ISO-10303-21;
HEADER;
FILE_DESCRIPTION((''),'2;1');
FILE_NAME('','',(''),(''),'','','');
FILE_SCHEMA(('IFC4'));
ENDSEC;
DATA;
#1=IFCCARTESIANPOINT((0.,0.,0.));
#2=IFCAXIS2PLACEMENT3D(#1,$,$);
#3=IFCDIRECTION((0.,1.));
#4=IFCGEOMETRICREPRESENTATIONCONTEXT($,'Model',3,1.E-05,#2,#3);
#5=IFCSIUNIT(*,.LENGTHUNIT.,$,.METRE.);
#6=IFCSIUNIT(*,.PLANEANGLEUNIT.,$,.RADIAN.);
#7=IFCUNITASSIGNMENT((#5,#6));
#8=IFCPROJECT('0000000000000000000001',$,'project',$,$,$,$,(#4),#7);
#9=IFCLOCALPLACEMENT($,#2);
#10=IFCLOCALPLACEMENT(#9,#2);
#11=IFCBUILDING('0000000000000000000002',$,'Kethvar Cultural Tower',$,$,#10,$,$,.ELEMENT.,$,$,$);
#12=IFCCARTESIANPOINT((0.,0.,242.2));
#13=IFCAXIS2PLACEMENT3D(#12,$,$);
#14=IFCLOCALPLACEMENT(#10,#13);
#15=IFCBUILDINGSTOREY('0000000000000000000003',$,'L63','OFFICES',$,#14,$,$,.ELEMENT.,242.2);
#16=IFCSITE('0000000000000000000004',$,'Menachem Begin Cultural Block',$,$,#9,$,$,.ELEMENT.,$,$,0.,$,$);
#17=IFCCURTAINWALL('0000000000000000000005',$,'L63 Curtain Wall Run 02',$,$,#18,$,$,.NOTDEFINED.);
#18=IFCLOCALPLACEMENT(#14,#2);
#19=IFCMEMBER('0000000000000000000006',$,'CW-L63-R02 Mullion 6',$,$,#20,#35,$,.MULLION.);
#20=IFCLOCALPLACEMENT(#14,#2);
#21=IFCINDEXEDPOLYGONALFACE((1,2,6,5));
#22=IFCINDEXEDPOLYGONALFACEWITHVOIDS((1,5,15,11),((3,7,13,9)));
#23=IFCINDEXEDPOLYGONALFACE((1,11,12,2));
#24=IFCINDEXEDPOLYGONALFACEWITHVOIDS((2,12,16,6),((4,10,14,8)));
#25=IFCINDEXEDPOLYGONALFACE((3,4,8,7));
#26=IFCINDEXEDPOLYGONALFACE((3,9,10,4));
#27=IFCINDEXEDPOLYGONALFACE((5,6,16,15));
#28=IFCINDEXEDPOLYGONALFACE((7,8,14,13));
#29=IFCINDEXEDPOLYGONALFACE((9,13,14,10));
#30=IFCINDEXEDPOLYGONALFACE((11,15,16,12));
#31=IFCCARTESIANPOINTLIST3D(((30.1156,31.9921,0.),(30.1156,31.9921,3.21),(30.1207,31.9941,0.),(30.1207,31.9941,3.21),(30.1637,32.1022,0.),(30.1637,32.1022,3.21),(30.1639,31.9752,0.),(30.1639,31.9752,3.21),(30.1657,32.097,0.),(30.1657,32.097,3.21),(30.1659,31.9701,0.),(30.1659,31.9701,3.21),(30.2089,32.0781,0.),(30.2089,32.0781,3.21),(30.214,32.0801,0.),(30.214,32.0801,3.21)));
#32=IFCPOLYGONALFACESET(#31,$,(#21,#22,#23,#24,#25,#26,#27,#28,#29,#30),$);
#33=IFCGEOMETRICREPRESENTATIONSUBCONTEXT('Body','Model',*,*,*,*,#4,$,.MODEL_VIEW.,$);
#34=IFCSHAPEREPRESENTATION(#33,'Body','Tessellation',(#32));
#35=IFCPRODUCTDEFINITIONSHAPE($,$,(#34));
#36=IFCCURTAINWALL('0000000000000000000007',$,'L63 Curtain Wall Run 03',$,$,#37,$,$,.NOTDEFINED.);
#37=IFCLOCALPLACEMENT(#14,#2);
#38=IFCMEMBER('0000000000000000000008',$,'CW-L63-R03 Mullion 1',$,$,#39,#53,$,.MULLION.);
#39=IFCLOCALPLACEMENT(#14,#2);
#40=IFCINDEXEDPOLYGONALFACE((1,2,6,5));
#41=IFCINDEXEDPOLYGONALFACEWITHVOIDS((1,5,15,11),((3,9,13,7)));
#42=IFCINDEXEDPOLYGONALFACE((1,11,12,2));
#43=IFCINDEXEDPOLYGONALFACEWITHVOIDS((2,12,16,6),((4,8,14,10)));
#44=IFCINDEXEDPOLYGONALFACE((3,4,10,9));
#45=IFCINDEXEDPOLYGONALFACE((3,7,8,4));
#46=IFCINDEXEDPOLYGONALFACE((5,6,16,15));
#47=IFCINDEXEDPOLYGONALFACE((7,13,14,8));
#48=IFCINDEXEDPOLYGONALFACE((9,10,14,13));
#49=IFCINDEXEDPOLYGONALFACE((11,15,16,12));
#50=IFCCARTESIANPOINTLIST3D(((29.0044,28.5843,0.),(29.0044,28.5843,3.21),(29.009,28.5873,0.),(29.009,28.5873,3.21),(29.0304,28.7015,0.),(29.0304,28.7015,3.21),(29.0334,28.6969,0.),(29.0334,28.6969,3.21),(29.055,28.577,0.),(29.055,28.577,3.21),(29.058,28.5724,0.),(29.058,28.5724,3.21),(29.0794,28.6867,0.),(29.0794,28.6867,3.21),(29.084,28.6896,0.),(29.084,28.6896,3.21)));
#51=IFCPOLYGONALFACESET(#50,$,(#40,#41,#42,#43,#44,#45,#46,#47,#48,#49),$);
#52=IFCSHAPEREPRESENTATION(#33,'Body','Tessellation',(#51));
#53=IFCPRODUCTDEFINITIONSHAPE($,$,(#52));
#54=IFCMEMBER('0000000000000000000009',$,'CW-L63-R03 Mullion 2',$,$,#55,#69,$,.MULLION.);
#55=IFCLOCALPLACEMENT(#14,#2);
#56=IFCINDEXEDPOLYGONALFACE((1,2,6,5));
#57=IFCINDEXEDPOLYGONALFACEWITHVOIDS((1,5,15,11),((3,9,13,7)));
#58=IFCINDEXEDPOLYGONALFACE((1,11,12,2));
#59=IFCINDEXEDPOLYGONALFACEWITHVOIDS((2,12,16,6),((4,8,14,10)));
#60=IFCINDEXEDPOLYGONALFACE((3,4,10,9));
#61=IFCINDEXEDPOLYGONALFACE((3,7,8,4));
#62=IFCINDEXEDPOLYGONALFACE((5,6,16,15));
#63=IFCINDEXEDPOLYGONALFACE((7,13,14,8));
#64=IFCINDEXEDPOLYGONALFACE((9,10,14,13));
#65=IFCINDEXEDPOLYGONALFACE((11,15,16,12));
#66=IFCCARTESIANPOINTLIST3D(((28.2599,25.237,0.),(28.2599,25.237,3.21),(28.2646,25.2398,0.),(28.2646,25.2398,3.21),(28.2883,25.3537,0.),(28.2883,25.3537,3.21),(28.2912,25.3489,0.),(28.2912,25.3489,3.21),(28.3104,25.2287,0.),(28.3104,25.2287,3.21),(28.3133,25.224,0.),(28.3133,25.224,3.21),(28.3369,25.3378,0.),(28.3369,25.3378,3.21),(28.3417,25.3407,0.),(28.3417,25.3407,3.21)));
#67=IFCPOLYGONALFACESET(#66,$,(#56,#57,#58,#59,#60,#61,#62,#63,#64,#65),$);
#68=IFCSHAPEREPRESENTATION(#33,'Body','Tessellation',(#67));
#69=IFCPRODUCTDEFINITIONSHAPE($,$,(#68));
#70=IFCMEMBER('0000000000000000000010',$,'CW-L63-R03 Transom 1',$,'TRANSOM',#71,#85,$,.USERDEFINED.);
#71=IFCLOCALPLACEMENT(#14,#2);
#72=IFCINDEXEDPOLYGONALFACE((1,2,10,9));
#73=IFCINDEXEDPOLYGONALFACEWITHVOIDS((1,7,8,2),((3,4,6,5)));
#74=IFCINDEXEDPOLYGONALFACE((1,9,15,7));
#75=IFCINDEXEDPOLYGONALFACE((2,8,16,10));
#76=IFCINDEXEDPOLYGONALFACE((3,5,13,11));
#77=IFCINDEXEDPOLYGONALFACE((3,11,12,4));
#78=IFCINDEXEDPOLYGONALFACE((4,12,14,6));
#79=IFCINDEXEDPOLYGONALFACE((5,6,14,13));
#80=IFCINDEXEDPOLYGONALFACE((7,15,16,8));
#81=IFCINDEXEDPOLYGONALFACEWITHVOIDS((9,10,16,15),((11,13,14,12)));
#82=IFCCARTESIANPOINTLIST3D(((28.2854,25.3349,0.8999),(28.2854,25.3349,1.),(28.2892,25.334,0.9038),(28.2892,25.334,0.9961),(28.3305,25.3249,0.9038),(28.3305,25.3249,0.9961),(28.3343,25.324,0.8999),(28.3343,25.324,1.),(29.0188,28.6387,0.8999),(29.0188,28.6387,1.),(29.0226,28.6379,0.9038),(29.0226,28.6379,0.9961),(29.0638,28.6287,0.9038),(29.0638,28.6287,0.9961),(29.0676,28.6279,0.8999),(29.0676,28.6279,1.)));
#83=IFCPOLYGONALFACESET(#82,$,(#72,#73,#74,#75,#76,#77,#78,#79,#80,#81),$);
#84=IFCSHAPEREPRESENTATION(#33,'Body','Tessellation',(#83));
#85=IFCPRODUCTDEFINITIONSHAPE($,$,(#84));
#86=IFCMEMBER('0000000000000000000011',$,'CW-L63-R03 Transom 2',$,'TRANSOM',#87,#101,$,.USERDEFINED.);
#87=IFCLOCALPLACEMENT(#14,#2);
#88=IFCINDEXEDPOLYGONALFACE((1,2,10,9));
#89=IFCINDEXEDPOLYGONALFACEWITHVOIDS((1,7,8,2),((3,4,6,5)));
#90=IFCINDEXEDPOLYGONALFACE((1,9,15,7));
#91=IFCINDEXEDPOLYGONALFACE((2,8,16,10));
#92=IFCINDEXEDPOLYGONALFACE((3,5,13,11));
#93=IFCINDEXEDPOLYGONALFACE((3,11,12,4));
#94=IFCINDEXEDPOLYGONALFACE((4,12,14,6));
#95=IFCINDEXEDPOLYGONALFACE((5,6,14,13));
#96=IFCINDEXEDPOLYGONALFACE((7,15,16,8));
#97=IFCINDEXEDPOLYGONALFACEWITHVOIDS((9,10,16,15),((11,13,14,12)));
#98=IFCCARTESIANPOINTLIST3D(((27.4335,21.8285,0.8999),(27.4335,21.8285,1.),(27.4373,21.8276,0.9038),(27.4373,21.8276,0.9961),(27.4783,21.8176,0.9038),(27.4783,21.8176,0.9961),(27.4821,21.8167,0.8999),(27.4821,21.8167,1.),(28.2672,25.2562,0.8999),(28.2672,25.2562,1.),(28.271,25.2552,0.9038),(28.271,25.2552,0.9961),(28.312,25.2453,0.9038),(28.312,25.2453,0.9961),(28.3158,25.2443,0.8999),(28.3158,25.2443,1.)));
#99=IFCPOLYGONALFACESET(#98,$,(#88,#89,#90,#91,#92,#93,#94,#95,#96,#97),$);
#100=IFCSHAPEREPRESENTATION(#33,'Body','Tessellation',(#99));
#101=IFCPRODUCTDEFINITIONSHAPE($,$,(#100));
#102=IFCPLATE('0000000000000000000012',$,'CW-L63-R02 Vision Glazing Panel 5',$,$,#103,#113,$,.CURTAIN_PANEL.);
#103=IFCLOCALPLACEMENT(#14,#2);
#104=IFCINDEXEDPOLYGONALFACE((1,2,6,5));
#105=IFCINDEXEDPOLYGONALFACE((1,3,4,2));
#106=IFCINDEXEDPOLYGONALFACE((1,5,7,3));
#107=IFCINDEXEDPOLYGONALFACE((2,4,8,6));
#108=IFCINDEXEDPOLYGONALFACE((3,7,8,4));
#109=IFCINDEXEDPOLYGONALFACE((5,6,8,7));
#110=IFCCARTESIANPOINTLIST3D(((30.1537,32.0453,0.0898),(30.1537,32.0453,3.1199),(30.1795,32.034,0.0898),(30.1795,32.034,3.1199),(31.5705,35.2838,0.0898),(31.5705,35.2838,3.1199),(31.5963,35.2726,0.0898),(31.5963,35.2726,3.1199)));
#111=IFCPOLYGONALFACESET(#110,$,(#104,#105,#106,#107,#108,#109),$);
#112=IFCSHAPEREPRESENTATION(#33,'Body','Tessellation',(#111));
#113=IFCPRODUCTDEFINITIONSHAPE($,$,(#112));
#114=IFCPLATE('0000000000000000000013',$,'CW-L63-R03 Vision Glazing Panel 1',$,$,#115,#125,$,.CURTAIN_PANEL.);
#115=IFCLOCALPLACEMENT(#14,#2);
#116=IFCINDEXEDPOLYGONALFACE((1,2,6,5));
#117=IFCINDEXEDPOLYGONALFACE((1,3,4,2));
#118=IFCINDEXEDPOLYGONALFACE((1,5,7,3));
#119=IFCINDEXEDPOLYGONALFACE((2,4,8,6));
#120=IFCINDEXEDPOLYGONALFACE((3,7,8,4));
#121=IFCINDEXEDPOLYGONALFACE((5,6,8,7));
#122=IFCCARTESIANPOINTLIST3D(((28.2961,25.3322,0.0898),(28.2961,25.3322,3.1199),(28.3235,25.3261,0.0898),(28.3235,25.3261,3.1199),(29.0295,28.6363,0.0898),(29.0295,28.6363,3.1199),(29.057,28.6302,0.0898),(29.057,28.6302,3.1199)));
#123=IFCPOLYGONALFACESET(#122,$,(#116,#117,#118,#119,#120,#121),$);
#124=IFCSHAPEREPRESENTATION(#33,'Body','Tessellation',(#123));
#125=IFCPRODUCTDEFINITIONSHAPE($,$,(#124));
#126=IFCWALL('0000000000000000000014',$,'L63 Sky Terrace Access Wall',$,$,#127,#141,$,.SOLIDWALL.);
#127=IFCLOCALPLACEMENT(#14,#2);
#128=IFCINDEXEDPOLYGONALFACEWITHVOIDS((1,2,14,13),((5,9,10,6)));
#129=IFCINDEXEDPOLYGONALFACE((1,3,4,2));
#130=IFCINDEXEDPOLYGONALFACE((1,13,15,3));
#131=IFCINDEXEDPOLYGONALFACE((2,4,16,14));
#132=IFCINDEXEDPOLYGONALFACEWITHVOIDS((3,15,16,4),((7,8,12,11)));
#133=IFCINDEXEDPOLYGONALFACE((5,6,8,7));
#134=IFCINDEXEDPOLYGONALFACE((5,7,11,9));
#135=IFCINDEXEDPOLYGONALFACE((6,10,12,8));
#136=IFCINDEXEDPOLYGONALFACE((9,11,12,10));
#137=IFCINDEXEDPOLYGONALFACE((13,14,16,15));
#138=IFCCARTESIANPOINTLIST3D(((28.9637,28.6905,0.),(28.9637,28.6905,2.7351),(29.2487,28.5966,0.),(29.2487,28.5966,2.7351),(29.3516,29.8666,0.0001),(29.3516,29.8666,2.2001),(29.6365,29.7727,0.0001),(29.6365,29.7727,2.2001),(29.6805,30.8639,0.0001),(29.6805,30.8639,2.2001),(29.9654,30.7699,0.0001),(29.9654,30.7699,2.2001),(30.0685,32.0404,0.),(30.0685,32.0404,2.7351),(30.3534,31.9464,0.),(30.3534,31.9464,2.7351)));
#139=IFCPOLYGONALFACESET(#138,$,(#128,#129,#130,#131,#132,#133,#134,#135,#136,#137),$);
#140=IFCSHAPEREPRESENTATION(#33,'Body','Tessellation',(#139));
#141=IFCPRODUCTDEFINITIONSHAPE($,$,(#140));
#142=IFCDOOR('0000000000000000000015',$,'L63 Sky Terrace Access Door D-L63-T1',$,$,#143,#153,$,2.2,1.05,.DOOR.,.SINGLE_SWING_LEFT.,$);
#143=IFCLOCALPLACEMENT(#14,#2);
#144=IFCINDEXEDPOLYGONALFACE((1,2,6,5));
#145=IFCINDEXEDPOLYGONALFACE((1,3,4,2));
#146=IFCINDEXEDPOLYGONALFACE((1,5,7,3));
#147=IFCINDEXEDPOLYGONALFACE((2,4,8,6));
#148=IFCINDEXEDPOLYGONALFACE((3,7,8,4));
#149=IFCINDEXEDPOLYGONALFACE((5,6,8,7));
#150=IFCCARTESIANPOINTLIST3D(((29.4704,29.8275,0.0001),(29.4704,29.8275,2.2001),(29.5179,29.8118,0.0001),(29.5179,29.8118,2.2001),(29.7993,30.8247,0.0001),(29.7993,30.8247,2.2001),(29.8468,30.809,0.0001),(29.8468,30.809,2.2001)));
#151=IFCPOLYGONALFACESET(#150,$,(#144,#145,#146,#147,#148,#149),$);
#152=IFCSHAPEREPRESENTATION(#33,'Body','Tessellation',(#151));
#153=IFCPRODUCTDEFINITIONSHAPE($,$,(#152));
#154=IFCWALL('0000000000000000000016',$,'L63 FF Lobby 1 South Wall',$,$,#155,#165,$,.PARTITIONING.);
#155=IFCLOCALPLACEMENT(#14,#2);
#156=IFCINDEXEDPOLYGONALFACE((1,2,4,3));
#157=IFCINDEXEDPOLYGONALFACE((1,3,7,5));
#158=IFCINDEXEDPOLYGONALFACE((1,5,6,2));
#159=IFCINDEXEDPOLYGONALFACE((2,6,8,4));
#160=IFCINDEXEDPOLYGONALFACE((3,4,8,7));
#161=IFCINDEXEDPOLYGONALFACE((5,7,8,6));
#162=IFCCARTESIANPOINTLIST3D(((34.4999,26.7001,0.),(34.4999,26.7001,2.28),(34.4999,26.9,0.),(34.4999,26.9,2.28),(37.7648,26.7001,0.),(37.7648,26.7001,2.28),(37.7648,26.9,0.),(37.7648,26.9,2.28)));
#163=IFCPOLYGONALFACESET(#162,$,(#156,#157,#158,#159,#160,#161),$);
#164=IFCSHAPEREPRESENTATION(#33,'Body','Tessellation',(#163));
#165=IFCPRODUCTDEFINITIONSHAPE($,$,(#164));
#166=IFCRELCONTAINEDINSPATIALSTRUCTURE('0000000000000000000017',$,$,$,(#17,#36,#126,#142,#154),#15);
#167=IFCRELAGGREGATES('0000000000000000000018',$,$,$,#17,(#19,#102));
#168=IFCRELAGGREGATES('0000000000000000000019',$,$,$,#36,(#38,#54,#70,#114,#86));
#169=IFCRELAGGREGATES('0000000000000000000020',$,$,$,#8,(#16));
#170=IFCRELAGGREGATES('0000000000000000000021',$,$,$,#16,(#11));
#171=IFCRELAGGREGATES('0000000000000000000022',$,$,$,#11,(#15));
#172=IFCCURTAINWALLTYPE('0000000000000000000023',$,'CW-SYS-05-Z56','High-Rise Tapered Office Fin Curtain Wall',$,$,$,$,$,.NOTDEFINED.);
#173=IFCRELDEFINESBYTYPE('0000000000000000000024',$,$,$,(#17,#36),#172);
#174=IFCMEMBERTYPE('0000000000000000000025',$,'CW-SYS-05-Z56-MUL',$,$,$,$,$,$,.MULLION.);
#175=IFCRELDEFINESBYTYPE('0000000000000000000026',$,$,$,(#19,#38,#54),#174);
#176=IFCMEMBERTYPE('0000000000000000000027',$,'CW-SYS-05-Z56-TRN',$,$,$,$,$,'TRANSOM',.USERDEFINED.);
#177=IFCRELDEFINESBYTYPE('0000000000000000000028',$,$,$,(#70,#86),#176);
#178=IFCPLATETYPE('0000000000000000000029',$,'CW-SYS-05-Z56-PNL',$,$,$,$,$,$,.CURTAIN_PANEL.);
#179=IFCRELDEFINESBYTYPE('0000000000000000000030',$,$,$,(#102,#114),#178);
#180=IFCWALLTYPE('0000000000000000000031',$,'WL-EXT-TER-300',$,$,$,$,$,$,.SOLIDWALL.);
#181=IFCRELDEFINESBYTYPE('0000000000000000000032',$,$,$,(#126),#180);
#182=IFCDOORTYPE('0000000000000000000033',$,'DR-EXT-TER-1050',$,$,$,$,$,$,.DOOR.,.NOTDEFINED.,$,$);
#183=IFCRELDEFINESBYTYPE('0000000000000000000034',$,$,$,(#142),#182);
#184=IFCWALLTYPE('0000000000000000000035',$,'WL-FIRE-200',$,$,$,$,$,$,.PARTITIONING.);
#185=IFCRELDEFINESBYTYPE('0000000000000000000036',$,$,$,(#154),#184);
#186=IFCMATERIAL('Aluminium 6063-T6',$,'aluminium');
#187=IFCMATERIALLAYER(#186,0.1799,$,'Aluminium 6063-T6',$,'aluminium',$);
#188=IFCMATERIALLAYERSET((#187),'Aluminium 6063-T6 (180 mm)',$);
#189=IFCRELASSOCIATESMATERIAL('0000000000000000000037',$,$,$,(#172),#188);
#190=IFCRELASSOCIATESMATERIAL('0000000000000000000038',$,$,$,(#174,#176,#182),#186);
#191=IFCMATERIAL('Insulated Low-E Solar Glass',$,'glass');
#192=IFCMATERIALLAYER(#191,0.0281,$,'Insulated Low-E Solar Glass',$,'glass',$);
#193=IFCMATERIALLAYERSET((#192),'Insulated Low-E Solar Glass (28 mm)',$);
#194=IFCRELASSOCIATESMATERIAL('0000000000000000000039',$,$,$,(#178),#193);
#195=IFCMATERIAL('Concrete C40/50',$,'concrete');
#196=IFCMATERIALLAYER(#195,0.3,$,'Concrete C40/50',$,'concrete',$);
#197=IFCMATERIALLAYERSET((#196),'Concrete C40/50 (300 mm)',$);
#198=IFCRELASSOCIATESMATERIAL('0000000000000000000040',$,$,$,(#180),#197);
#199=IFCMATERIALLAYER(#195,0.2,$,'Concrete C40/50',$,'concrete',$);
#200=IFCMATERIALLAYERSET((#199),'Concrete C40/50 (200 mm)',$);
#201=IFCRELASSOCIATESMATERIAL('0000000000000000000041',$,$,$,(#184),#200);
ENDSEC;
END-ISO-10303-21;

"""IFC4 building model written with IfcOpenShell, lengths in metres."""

from ifc_helpers import new_model, si_unit, direction, frame, frame_2d, origin, origin_2d, place, context, subcontext, project, spatial, rectangle, hollow_rectangle, extrude, source, transform, mapped, material, layer, layer_set, material_profile, profile_set, type_object, element, fill, aggregate, save


model = new_model("IFC4")

# Units and contexts
model_context = context("Model", 3, precision=1e-05, world=origin(), true_north=direction((0.0, 1.0)))
body_context = subcontext(model_context, "Body", "Model", "MODEL_VIEW")
ifc_project = project(units=[si_unit("LENGTHUNIT", "METRE"), si_unit("PLANEANGLEUNIT", "RADIAN")], contexts=[model_context])

# Site, building, storey
site_placement = place(None, origin())
site = spatial("IfcSite", under=ifc_project, at=site_placement, Name="Menachem Begin Cultural Block", CompositionType="ELEMENT", RefElevation=0.0)
building_placement = place(site_placement, origin())
building = spatial("IfcBuilding", under=site, at=building_placement, Name="Kethvar Cultural Tower", CompositionType="ELEMENT")
storey_placement = place(building_placement, frame((0.0, 0.0, 242.2)))
storey = spatial("IfcBuildingStorey", under=building, at=storey_placement, Name="L63", Description="OFFICES", CompositionType="ELEMENT", Elevation=242.2)

# Curtain wall, member
ifc_material_1 = material(Name="Aluminium 6063-T6", Category="aluminium")
ifc_layer_1 = layer(ifc_material_1, 0.1799, Name="Aluminium 6063-T6", Category="aluminium")
ifc_layer_set_1 = layer_set([ifc_layer_1], Name="Aluminium 6063-T6 (180 mm)")
curtain_wall_type = type_object("IfcCurtainWallType", Name="CW-SYS-05-Z56", Description="High-Rise Tapered Office Fin Curtain Wall", PredefinedType="NOTDEFINED", material=ifc_layer_set_1)
curtain_wall_1_placement = place(storey_placement, origin())
curtain_wall_1 = element("IfcCurtainWall", 1, at=curtain_wall_1_placement, inside=storey, type_object=curtain_wall_type, Name="L63 Curtain Wall Run 02", PredefinedType="NOTDEFINED")
ifc_material_profile_1 = material_profile(ifc_material_1, hollow_rectangle(XDim=0.0549, YDim=0.1201, WallThickness=0.0039, at=origin_2d()), Name="Aluminium 6063-T6 — RHS120x55x4")
ifc_profile_set_1 = profile_set([ifc_material_profile_1], Name="Aluminium 6063-T6 — RHS120x55x4")
member_type_1 = type_object("IfcMemberType", Name="CW-SYS-05-Z56-MUL", PredefinedType="MULLION", material=ifc_profile_set_1)
shared_shape_1 = source(origin(), body_context, "Body", "SweptSolid", [
    extrude(hollow_rectangle(XDim=0.0549, YDim=0.1201, WallThickness=0.0039, at=origin_2d()), origin(), (0.0, 0.0, 1.0), 3.21),
])
member_1_placement = place(storey_placement, frame((30.1648, 32.0361, 0.0), z_axis=(0.0, 0.0, 1.0), x_axis=(0.916167, -0.400797, 0.0)))
member_1 = element("IfcMember", 2, at=member_1_placement, type_object=member_type_1, Name="CW-L63-R02 Mullion 6", PredefinedType="MULLION", context=body_context, shape_type="MappedRepresentation", body=[
    mapped(shared_shape_1, transform((0.0, 0.0, 0.0), scale=1.0)),
])

# Curtain wall, members
curtain_wall_2_placement = place(storey_placement, origin())
curtain_wall_2 = element("IfcCurtainWall", 3, at=curtain_wall_2_placement, inside=storey, type_object=curtain_wall_type, Name="L63 Curtain Wall Run 03", PredefinedType="NOTDEFINED")
member_2_placement = place(storey_placement, frame((29.0442, 28.637, 0.0), z_axis=(0.0, 0.0, 1.0), x_axis=(0.976236, -0.216712, 0.0)))
member_2 = element("IfcMember", 4, at=member_2_placement, type_object=member_type_1, Name="CW-L63-R03 Mullion 1", PredefinedType="MULLION", context=body_context, shape_type="MappedRepresentation", body=[
    mapped(shared_shape_1, transform((0.0, 0.0, 0.0), scale=1.0)),
])
member_3_placement = place(storey_placement, frame((28.3008, 25.2888, 0.0), z_axis=(0.0, 0.0, 1.0), x_axis=(0.971677, -0.236312, 0.0)))
member_3 = element("IfcMember", 5, at=member_3_placement, type_object=member_type_1, Name="CW-L63-R03 Mullion 2", PredefinedType="MULLION", context=body_context, shape_type="MappedRepresentation", body=[
    mapped(shared_shape_1, transform((0.0, 0.0, 0.0), scale=1.0)),
])
ifc_material_profile_2 = material_profile(ifc_material_1, hollow_rectangle(XDim=0.05, YDim=0.1001, WallThickness=0.0039, at=origin_2d()), Name="Aluminium 6063-T6 — RHS100x50x4")
ifc_profile_set_2 = profile_set([ifc_material_profile_2], Name="Aluminium 6063-T6 — RHS100x50x4")
member_type_2 = type_object("IfcMemberType", Name="CW-SYS-05-Z56-TRN", ElementType="TRANSOM", PredefinedType="USERDEFINED", material=ifc_profile_set_2)
shared_shape_2 = source(origin(), body_context, "Body", "SweptSolid", [
    extrude(hollow_rectangle(XDim=0.05, YDim=0.1001, WallThickness=0.0039, at=origin_2d()), origin(), (0.0, 0.0, 1.0), 3.3843),
])
member_4_placement = place(storey_placement, frame((29.0432, 28.6333, 0.95), z_axis=(-0.216701, -0.976238, 0.0), x_axis=(0.976238, -0.216701, 0.0)))
member_4 = element("IfcMember", 6, at=member_4_placement, type_object=member_type_2, Name="CW-L63-R03 Transom 1", ObjectType="TRANSOM", PredefinedType="USERDEFINED", context=body_context, shape_type="MappedRepresentation", body=[
    mapped(shared_shape_2, transform((0.0, 0.0, 0.0), scale=1.0)),
])
shared_shape_3 = source(origin(), body_context, "Body", "SweptSolid", [
    extrude(hollow_rectangle(XDim=0.05, YDim=0.1001, WallThickness=0.0039, at=origin_2d()), origin(), (0.0, 0.0, 1.0), 3.5276),
])
member_5_placement = place(storey_placement, frame((28.2915, 25.2502, 0.95), z_axis=(-0.236343, -0.97167, 0.0), x_axis=(0.97167, -0.236343, 0.0)))
member_5 = element("IfcMember", 7, at=member_5_placement, type_object=member_type_2, Name="CW-L63-R03 Transom 2", ObjectType="TRANSOM", PredefinedType="USERDEFINED", context=body_context, shape_type="MappedRepresentation", body=[
    mapped(shared_shape_3, transform((0.0, 0.0, 0.0), scale=1.0)),
])

# Plates
ifc_material_2 = material(Name="Insulated Low-E Solar Glass", Category="glass")
ifc_layer_2 = layer(ifc_material_2, 0.0281, Name="Insulated Low-E Solar Glass", Category="glass")
ifc_layer_set_2 = layer_set([ifc_layer_2], Name="Insulated Low-E Solar Glass (28 mm)")
plate_type = type_object("IfcPlateType", Name="CW-SYS-05-Z56-PNL", PredefinedType="CURTAIN_PANEL", material=ifc_layer_set_2)
shared_shape_4 = source(origin(), body_context, "Body", "SweptSolid", [
    extrude(rectangle(XDim=3.5349, YDim=0.0281, at=origin_2d()), origin(), (0.0, 0.0, 1.0), 3.03),
])
plate_1_placement = place(storey_placement, frame((30.875, 33.6589, 0.0898), z_axis=(0.0, 0.0, 1.0), x_axis=(-0.400797, -0.916167, 0.0)))
plate_1 = element("IfcPlate", 8, at=plate_1_placement, type_object=plate_type, Name="CW-L63-R02 Vision Glazing Panel 5", PredefinedType="CURTAIN_PANEL", context=body_context, shape_type="MappedRepresentation", body=[
    mapped(shared_shape_4, transform((0.0, 0.0, 0.0), scale=1.0)),
])
aggregate(curtain_wall_1, [member_1, plate_1])
shared_shape_5 = source(origin(), body_context, "Body", "SweptSolid", [
    extrude(rectangle(XDim=3.3845, YDim=0.0281, at=origin_2d()), origin(), (0.0, 0.0, 1.0), 3.03),
])
plate_2_placement = place(storey_placement, frame((28.6765, 26.9812, 0.0898), z_axis=(0.0, 0.0, 1.0), x_axis=(-0.216712, -0.976236, 0.0)))
plate_2 = element("IfcPlate", 9, at=plate_2_placement, type_object=plate_type, Name="CW-L63-R03 Vision Glazing Panel 1", PredefinedType="CURTAIN_PANEL", context=body_context, shape_type="MappedRepresentation", body=[
    mapped(shared_shape_5, transform((0.0, 0.0, 0.0), scale=1.0)),
])
aggregate(curtain_wall_2, [member_2, member_3, member_4, plate_2, member_5])

# Wall, opening, door
ifc_material_3 = material(Name="Concrete C40/50", Category="concrete")
ifc_layer_3 = layer(ifc_material_3, 0.3, Name="Concrete C40/50", Category="concrete")
ifc_layer_set_3 = layer_set([ifc_layer_3], Name="Concrete C40/50 (300 mm)")
wall_type_1 = type_object("IfcWallType", Name="WL-EXT-TER-300", PredefinedType="SOLIDWALL", material=ifc_layer_set_3)
wall_1_placement = place(storey_placement, frame((29.1062, 28.6436, 0.0), z_axis=(0.0, 0.0, 1.0), x_axis=(0.313195, 0.949689, 0.0)))
wall_1 = element("IfcWall", 10, at=wall_1_placement, inside=storey, type_object=wall_type_1, Name="L63 Sky Terrace Access Wall", PredefinedType="SOLIDWALL", context=body_context, shape_type="SweptSolid", body=[
    extrude(rectangle(XDim=3.5273, YDim=0.3, at=frame_2d((1.7637, 0.0))), origin(), (0.0, 0.0, 1.0), 2.7351),
])
opening_placement = place(wall_1_placement, frame((1.2385, 0.0, 0.0)))
opening = element("IfcOpeningElement", 11, at=opening_placement, cuts=wall_1, PredefinedType="OPENING", context=body_context, shape_type="SweptSolid", body=[
    extrude(rectangle(XDim=1.05, YDim=2.2, at=frame_2d((0.5249, 1.1001))), frame((0.0, 0.1599, 0.0), z_axis=(0.0, -1.0, 0.0), x_axis=(1.0, 0.0, 0.0)), (0.0, 0.0, 1.0), 0.3201),
])
door_type = type_object("IfcDoorType", Name="DR-EXT-TER-1050", OperationType="NOTDEFINED", PredefinedType="DOOR", material=ifc_material_1)
shared_shape_6 = source(origin(), body_context, "Body", "SweptSolid", [
    extrude(rectangle(XDim=1.05, YDim=2.2, at=frame_2d((0.5249, 1.1001))), frame((0.0, 0.0249, 0.0), z_axis=(0.0, -1.0, 0.0), x_axis=(1.0, 0.0, 0.0)), (0.0, 0.0, 1.0), 0.05),
])
door_placement = place(opening_placement, origin())
door = element("IfcDoor", 12, at=door_placement, inside=storey, type_object=door_type, Name="L63 Sky Terrace Access Door D-L63-T1", OperationType="SINGLE_SWING_LEFT", OverallHeight=2.2, OverallWidth=1.05, PredefinedType="DOOR", context=body_context, shape_type="MappedRepresentation", body=[
    mapped(shared_shape_6, transform((0.0, 0.0, 0.0), scale=1.0)),
])
fill(opening, door)

# Wall
ifc_layer_4 = layer(ifc_material_3, 0.2, Name="Concrete C40/50", Category="concrete")
ifc_layer_set_4 = layer_set([ifc_layer_4], Name="Concrete C40/50 (200 mm)")
wall_type_2 = type_object("IfcWallType", Name="WL-FIRE-200", PredefinedType="PARTITIONING", material=ifc_layer_set_4)
wall_2_placement = place(storey_placement, frame((34.5, 26.8, 0.0), z_axis=(0.0, 0.0, 1.0), x_axis=(1.0, 0.0, 0.0)))
element("IfcWall", 13, at=wall_2_placement, inside=storey, type_object=wall_type_2, Name="L63 FF Lobby 1 South Wall", PredefinedType="PARTITIONING", context=body_context, shape_type="SweptSolid", body=[
    extrude(rectangle(XDim=3.2649, YDim=0.2, at=frame_2d((1.6323, 0.0))), origin(), (0.0, 0.0, 1.0), 2.28),
])

save(model, "model.ifc")
